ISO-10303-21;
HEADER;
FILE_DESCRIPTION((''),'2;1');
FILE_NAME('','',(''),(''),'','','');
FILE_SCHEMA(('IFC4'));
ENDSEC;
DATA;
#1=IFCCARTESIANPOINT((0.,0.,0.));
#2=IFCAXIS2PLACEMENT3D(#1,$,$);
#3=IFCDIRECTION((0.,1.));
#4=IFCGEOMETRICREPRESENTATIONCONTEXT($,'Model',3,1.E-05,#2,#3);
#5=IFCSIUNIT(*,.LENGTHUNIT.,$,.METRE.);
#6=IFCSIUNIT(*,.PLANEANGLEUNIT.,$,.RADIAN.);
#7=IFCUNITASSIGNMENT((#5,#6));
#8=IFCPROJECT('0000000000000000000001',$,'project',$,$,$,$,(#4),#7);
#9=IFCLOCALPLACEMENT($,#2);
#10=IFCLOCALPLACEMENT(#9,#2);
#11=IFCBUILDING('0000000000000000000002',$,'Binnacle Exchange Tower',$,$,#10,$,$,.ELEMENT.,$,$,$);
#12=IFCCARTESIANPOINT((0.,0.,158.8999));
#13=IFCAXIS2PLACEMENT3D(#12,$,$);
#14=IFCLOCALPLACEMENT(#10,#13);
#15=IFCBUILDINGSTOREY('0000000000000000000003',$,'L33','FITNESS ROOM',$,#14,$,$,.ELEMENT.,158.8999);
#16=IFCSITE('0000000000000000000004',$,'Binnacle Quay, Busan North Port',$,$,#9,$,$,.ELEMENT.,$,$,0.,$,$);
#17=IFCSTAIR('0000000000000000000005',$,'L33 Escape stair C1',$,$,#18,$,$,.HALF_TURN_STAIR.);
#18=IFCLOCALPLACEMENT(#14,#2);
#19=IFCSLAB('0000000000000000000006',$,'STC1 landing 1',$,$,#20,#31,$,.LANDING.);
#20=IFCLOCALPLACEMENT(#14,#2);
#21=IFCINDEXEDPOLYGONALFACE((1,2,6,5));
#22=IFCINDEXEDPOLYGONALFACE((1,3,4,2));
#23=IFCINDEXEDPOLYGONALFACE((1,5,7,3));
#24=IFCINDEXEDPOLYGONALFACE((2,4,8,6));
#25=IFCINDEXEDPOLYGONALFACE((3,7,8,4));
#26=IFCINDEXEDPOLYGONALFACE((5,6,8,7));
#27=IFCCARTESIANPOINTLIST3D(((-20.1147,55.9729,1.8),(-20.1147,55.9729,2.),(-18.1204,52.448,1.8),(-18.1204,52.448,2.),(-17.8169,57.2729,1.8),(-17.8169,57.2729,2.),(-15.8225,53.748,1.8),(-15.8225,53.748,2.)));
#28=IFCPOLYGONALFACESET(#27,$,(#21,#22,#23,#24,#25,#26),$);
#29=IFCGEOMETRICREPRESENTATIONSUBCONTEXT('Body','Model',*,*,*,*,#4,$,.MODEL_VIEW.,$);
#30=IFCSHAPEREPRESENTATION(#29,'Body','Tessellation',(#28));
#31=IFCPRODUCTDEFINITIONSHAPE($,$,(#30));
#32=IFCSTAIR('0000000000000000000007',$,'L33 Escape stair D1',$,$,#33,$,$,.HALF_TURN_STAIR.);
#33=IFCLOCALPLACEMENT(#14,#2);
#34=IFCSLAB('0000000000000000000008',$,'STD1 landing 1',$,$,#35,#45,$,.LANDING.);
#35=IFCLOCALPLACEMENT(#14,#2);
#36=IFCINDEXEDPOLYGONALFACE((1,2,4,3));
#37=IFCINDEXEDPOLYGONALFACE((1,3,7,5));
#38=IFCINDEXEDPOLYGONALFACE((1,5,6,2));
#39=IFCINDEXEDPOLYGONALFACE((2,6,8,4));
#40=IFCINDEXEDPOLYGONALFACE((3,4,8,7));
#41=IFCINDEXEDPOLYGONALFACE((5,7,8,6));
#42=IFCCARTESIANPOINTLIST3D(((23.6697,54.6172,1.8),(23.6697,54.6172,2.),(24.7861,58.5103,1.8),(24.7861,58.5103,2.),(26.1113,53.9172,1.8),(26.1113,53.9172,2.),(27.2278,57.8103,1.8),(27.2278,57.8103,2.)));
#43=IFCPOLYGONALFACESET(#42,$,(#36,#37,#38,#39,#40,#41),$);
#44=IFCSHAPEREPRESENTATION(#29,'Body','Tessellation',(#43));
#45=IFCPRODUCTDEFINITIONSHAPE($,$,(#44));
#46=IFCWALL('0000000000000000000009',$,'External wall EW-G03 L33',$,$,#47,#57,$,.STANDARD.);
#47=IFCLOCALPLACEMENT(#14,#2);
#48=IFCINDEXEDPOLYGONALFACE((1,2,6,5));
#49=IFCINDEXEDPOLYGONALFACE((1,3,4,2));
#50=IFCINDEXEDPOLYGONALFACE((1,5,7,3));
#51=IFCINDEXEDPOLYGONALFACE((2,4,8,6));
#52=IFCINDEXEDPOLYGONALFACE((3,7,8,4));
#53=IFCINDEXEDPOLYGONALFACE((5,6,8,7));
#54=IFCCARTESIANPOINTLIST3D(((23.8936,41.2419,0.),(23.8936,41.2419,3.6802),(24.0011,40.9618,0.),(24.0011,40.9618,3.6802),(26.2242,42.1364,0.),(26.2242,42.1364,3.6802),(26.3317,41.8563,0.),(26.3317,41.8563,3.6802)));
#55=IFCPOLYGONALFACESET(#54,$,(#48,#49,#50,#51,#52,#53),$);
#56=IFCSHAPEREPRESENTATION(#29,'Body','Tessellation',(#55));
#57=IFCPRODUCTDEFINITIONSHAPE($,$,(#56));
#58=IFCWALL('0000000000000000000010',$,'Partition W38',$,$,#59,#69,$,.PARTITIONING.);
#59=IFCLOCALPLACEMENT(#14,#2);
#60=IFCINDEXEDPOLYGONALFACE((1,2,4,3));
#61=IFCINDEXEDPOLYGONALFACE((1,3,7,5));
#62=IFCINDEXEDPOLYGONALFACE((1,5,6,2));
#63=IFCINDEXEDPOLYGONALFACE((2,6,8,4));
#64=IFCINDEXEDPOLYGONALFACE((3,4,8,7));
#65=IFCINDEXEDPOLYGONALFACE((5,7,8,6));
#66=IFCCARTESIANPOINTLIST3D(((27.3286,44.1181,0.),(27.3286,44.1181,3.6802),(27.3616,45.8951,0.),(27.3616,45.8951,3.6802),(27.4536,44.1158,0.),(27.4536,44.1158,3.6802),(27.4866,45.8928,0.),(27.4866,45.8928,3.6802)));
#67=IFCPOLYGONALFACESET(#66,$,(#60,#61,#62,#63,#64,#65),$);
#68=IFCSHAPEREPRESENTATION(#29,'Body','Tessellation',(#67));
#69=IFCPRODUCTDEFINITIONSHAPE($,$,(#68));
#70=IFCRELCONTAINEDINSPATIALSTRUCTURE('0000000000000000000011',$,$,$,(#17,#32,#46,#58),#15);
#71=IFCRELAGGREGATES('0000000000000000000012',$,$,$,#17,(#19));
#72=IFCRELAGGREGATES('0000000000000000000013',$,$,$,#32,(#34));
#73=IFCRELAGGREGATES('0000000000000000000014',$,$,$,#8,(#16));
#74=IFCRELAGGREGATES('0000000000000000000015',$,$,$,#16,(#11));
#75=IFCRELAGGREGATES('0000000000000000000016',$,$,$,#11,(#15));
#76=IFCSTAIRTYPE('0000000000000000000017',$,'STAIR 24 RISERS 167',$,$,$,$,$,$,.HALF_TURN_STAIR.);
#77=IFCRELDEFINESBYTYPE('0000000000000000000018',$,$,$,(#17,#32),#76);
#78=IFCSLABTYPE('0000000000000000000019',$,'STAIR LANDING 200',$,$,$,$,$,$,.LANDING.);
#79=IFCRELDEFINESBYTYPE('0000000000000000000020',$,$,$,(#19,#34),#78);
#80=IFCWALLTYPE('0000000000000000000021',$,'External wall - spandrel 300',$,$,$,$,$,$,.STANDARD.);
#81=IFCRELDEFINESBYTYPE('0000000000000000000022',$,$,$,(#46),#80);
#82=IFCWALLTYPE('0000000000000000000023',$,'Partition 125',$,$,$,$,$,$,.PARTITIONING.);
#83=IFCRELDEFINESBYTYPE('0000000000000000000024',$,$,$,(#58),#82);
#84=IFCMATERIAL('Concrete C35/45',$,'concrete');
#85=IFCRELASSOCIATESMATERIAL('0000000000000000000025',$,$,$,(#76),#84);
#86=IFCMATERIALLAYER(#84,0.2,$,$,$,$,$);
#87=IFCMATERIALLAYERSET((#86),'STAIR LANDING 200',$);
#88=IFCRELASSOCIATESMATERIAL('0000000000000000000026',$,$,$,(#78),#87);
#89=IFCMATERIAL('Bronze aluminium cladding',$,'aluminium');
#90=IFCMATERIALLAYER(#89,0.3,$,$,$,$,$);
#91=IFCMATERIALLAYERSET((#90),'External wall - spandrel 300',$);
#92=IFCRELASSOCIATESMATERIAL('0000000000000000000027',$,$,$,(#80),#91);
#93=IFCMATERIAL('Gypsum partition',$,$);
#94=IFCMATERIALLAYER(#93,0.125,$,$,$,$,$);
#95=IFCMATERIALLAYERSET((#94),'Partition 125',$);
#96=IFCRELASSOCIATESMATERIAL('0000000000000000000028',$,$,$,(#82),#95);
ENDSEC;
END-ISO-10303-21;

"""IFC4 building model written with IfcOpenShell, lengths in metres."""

from ifc_helpers import new_model, si_unit, direction, frame, frame_2d, origin, place, context, subcontext, project, spatial, polyline, rectangle, outline, extrude, material, layer, layer_set, type_object, element, aggregate, save


model = new_model("IFC4")

# Units and contexts
model_context = context("Model", 3, precision=1e-05, world=origin(), true_north=direction((0.0, 1.0)))
body_context = subcontext(model_context, "Body", "Model", "MODEL_VIEW")
ifc_project = project(units=[si_unit("LENGTHUNIT", "METRE"), si_unit("PLANEANGLEUNIT", "RADIAN")], contexts=[model_context])

# Site, building, storey
site_placement = place(None, origin())
site = spatial("IfcSite", under=ifc_project, at=site_placement, Name="Binnacle Quay, Busan North Port", CompositionType="ELEMENT", RefElevation=0.0)
building_placement = place(site_placement, origin())
building = spatial("IfcBuilding", under=site, at=building_placement, Name="Binnacle Exchange Tower", CompositionType="ELEMENT")
storey_placement = place(building_placement, frame((0.0, 0.0, 158.8999)))
storey = spatial("IfcBuildingStorey", under=building, at=storey_placement, Name="L33", Description="FITNESS ROOM", CompositionType="ELEMENT", Elevation=158.8999)

# Shared definitions
ifc_material_1 = material(Name="Concrete C35/45", Category="concrete")

# Stairs, slabs
stair_type = type_object("IfcStairType", Name="STAIR 24 RISERS 167", PredefinedType="HALF_TURN_STAIR", material=ifc_material_1)
ifc_layer_1 = layer(ifc_material_1, 0.2)
ifc_layer_set_1 = layer_set([ifc_layer_1], Name="STAIR LANDING 200")
slab_type_1 = type_object("IfcSlabType", Name="STAIR LANDING 200", PredefinedType="LANDING", material=ifc_layer_set_1)
stair_1_placement = place(storey_placement, origin())
stair_1 = element("IfcStair", 1, at=stair_1_placement, inside=storey, type_object=stair_type, Name="L33 Escape stair C1", PredefinedType="HALF_TURN_STAIR")
slab_1_placement = place(storey_placement, frame((0.0, 0.0, 1.8)))
slab_1 = element("IfcSlab", 2, at=slab_1_placement, type_object=slab_type_1, Name="STC1 landing 1", PredefinedType="LANDING", context=body_context, shape_type="SweptSolid", body=[
    extrude(outline(polyline([(-18.1204, 52.448), (-15.8225, 53.748), (-17.8169, 57.2729), (-20.1147, 55.9729), (-18.1204, 52.448)])), origin(), (0.0, 0.0, 1.0), 0.2),
])
aggregate(stair_1, [slab_1])
stair_2_placement = place(storey_placement, origin())
stair_2 = element("IfcStair", 3, at=stair_2_placement, inside=storey, type_object=stair_type, Name="L33 Escape stair D1", PredefinedType="HALF_TURN_STAIR")
slab_2_placement = place(storey_placement, frame((0.0, 0.0, 1.8)))
slab_2 = element("IfcSlab", 4, at=slab_2_placement, type_object=slab_type_1, Name="STD1 landing 1", PredefinedType="LANDING", context=body_context, shape_type="SweptSolid", body=[
    extrude(outline(polyline([(23.6697, 54.6172), (26.1113, 53.9172), (27.2278, 57.8103), (24.7861, 58.5103), (23.6697, 54.6172)])), origin(), (0.0, 0.0, 1.0), 0.2),
])
aggregate(stair_2, [slab_2])

# Shared definitions
ifc_material_2 = material(Name="Bronze aluminium cladding", Category="aluminium")
ifc_layer_2 = layer(ifc_material_2, 0.3)
ifc_layer_set_2 = layer_set([ifc_layer_2], Name="External wall - spandrel 300")
wall_type_1 = type_object("IfcWallType", Name="External wall - spandrel 300", PredefinedType="STANDARD", material=ifc_layer_set_2)

# Walls
wall_1_placement = place(storey_placement, frame((26.2778, 41.9963, 0.0), z_axis=(0.0, 0.0, 1.0), x_axis=(-0.933592, -0.358337, 0.0)))
element("IfcWall", 5, at=wall_1_placement, inside=storey, type_object=wall_type_1, Name="External wall EW-G03 L33", PredefinedType="STANDARD", context=body_context, shape_type="SweptSolid", body=[
    extrude(rectangle(XDim=2.4963, YDim=0.3, at=frame_2d((1.248, 0.0))), origin(), (0.0, 0.0, 1.0), 3.6802),
])
ifc_material_3 = material(Name="Gypsum partition")
ifc_layer_3 = layer(ifc_material_3, 0.125)
ifc_layer_set_3 = layer_set([ifc_layer_3], Name="Partition 125")
wall_type_2 = type_object("IfcWallType", Name="Partition 125", PredefinedType="PARTITIONING", material=ifc_layer_set_3)
wall_2_placement = place(storey_placement, frame((27.3911, 44.1169, 0.0), z_axis=(0.0, 0.0, 1.0), x_axis=(0.018543, 0.999828, 0.0)))
element("IfcWall", 6, at=wall_2_placement, inside=storey, type_object=wall_type_2, Name="Partition W38", PredefinedType="PARTITIONING", context=body_context, shape_type="SweptSolid", body=[
    extrude(rectangle(XDim=1.7773, YDim=0.125, at=frame_2d((0.8887, 0.0))), origin(), (0.0, 0.0, 1.0), 3.6802),
])

save(model, "model.ifc")
